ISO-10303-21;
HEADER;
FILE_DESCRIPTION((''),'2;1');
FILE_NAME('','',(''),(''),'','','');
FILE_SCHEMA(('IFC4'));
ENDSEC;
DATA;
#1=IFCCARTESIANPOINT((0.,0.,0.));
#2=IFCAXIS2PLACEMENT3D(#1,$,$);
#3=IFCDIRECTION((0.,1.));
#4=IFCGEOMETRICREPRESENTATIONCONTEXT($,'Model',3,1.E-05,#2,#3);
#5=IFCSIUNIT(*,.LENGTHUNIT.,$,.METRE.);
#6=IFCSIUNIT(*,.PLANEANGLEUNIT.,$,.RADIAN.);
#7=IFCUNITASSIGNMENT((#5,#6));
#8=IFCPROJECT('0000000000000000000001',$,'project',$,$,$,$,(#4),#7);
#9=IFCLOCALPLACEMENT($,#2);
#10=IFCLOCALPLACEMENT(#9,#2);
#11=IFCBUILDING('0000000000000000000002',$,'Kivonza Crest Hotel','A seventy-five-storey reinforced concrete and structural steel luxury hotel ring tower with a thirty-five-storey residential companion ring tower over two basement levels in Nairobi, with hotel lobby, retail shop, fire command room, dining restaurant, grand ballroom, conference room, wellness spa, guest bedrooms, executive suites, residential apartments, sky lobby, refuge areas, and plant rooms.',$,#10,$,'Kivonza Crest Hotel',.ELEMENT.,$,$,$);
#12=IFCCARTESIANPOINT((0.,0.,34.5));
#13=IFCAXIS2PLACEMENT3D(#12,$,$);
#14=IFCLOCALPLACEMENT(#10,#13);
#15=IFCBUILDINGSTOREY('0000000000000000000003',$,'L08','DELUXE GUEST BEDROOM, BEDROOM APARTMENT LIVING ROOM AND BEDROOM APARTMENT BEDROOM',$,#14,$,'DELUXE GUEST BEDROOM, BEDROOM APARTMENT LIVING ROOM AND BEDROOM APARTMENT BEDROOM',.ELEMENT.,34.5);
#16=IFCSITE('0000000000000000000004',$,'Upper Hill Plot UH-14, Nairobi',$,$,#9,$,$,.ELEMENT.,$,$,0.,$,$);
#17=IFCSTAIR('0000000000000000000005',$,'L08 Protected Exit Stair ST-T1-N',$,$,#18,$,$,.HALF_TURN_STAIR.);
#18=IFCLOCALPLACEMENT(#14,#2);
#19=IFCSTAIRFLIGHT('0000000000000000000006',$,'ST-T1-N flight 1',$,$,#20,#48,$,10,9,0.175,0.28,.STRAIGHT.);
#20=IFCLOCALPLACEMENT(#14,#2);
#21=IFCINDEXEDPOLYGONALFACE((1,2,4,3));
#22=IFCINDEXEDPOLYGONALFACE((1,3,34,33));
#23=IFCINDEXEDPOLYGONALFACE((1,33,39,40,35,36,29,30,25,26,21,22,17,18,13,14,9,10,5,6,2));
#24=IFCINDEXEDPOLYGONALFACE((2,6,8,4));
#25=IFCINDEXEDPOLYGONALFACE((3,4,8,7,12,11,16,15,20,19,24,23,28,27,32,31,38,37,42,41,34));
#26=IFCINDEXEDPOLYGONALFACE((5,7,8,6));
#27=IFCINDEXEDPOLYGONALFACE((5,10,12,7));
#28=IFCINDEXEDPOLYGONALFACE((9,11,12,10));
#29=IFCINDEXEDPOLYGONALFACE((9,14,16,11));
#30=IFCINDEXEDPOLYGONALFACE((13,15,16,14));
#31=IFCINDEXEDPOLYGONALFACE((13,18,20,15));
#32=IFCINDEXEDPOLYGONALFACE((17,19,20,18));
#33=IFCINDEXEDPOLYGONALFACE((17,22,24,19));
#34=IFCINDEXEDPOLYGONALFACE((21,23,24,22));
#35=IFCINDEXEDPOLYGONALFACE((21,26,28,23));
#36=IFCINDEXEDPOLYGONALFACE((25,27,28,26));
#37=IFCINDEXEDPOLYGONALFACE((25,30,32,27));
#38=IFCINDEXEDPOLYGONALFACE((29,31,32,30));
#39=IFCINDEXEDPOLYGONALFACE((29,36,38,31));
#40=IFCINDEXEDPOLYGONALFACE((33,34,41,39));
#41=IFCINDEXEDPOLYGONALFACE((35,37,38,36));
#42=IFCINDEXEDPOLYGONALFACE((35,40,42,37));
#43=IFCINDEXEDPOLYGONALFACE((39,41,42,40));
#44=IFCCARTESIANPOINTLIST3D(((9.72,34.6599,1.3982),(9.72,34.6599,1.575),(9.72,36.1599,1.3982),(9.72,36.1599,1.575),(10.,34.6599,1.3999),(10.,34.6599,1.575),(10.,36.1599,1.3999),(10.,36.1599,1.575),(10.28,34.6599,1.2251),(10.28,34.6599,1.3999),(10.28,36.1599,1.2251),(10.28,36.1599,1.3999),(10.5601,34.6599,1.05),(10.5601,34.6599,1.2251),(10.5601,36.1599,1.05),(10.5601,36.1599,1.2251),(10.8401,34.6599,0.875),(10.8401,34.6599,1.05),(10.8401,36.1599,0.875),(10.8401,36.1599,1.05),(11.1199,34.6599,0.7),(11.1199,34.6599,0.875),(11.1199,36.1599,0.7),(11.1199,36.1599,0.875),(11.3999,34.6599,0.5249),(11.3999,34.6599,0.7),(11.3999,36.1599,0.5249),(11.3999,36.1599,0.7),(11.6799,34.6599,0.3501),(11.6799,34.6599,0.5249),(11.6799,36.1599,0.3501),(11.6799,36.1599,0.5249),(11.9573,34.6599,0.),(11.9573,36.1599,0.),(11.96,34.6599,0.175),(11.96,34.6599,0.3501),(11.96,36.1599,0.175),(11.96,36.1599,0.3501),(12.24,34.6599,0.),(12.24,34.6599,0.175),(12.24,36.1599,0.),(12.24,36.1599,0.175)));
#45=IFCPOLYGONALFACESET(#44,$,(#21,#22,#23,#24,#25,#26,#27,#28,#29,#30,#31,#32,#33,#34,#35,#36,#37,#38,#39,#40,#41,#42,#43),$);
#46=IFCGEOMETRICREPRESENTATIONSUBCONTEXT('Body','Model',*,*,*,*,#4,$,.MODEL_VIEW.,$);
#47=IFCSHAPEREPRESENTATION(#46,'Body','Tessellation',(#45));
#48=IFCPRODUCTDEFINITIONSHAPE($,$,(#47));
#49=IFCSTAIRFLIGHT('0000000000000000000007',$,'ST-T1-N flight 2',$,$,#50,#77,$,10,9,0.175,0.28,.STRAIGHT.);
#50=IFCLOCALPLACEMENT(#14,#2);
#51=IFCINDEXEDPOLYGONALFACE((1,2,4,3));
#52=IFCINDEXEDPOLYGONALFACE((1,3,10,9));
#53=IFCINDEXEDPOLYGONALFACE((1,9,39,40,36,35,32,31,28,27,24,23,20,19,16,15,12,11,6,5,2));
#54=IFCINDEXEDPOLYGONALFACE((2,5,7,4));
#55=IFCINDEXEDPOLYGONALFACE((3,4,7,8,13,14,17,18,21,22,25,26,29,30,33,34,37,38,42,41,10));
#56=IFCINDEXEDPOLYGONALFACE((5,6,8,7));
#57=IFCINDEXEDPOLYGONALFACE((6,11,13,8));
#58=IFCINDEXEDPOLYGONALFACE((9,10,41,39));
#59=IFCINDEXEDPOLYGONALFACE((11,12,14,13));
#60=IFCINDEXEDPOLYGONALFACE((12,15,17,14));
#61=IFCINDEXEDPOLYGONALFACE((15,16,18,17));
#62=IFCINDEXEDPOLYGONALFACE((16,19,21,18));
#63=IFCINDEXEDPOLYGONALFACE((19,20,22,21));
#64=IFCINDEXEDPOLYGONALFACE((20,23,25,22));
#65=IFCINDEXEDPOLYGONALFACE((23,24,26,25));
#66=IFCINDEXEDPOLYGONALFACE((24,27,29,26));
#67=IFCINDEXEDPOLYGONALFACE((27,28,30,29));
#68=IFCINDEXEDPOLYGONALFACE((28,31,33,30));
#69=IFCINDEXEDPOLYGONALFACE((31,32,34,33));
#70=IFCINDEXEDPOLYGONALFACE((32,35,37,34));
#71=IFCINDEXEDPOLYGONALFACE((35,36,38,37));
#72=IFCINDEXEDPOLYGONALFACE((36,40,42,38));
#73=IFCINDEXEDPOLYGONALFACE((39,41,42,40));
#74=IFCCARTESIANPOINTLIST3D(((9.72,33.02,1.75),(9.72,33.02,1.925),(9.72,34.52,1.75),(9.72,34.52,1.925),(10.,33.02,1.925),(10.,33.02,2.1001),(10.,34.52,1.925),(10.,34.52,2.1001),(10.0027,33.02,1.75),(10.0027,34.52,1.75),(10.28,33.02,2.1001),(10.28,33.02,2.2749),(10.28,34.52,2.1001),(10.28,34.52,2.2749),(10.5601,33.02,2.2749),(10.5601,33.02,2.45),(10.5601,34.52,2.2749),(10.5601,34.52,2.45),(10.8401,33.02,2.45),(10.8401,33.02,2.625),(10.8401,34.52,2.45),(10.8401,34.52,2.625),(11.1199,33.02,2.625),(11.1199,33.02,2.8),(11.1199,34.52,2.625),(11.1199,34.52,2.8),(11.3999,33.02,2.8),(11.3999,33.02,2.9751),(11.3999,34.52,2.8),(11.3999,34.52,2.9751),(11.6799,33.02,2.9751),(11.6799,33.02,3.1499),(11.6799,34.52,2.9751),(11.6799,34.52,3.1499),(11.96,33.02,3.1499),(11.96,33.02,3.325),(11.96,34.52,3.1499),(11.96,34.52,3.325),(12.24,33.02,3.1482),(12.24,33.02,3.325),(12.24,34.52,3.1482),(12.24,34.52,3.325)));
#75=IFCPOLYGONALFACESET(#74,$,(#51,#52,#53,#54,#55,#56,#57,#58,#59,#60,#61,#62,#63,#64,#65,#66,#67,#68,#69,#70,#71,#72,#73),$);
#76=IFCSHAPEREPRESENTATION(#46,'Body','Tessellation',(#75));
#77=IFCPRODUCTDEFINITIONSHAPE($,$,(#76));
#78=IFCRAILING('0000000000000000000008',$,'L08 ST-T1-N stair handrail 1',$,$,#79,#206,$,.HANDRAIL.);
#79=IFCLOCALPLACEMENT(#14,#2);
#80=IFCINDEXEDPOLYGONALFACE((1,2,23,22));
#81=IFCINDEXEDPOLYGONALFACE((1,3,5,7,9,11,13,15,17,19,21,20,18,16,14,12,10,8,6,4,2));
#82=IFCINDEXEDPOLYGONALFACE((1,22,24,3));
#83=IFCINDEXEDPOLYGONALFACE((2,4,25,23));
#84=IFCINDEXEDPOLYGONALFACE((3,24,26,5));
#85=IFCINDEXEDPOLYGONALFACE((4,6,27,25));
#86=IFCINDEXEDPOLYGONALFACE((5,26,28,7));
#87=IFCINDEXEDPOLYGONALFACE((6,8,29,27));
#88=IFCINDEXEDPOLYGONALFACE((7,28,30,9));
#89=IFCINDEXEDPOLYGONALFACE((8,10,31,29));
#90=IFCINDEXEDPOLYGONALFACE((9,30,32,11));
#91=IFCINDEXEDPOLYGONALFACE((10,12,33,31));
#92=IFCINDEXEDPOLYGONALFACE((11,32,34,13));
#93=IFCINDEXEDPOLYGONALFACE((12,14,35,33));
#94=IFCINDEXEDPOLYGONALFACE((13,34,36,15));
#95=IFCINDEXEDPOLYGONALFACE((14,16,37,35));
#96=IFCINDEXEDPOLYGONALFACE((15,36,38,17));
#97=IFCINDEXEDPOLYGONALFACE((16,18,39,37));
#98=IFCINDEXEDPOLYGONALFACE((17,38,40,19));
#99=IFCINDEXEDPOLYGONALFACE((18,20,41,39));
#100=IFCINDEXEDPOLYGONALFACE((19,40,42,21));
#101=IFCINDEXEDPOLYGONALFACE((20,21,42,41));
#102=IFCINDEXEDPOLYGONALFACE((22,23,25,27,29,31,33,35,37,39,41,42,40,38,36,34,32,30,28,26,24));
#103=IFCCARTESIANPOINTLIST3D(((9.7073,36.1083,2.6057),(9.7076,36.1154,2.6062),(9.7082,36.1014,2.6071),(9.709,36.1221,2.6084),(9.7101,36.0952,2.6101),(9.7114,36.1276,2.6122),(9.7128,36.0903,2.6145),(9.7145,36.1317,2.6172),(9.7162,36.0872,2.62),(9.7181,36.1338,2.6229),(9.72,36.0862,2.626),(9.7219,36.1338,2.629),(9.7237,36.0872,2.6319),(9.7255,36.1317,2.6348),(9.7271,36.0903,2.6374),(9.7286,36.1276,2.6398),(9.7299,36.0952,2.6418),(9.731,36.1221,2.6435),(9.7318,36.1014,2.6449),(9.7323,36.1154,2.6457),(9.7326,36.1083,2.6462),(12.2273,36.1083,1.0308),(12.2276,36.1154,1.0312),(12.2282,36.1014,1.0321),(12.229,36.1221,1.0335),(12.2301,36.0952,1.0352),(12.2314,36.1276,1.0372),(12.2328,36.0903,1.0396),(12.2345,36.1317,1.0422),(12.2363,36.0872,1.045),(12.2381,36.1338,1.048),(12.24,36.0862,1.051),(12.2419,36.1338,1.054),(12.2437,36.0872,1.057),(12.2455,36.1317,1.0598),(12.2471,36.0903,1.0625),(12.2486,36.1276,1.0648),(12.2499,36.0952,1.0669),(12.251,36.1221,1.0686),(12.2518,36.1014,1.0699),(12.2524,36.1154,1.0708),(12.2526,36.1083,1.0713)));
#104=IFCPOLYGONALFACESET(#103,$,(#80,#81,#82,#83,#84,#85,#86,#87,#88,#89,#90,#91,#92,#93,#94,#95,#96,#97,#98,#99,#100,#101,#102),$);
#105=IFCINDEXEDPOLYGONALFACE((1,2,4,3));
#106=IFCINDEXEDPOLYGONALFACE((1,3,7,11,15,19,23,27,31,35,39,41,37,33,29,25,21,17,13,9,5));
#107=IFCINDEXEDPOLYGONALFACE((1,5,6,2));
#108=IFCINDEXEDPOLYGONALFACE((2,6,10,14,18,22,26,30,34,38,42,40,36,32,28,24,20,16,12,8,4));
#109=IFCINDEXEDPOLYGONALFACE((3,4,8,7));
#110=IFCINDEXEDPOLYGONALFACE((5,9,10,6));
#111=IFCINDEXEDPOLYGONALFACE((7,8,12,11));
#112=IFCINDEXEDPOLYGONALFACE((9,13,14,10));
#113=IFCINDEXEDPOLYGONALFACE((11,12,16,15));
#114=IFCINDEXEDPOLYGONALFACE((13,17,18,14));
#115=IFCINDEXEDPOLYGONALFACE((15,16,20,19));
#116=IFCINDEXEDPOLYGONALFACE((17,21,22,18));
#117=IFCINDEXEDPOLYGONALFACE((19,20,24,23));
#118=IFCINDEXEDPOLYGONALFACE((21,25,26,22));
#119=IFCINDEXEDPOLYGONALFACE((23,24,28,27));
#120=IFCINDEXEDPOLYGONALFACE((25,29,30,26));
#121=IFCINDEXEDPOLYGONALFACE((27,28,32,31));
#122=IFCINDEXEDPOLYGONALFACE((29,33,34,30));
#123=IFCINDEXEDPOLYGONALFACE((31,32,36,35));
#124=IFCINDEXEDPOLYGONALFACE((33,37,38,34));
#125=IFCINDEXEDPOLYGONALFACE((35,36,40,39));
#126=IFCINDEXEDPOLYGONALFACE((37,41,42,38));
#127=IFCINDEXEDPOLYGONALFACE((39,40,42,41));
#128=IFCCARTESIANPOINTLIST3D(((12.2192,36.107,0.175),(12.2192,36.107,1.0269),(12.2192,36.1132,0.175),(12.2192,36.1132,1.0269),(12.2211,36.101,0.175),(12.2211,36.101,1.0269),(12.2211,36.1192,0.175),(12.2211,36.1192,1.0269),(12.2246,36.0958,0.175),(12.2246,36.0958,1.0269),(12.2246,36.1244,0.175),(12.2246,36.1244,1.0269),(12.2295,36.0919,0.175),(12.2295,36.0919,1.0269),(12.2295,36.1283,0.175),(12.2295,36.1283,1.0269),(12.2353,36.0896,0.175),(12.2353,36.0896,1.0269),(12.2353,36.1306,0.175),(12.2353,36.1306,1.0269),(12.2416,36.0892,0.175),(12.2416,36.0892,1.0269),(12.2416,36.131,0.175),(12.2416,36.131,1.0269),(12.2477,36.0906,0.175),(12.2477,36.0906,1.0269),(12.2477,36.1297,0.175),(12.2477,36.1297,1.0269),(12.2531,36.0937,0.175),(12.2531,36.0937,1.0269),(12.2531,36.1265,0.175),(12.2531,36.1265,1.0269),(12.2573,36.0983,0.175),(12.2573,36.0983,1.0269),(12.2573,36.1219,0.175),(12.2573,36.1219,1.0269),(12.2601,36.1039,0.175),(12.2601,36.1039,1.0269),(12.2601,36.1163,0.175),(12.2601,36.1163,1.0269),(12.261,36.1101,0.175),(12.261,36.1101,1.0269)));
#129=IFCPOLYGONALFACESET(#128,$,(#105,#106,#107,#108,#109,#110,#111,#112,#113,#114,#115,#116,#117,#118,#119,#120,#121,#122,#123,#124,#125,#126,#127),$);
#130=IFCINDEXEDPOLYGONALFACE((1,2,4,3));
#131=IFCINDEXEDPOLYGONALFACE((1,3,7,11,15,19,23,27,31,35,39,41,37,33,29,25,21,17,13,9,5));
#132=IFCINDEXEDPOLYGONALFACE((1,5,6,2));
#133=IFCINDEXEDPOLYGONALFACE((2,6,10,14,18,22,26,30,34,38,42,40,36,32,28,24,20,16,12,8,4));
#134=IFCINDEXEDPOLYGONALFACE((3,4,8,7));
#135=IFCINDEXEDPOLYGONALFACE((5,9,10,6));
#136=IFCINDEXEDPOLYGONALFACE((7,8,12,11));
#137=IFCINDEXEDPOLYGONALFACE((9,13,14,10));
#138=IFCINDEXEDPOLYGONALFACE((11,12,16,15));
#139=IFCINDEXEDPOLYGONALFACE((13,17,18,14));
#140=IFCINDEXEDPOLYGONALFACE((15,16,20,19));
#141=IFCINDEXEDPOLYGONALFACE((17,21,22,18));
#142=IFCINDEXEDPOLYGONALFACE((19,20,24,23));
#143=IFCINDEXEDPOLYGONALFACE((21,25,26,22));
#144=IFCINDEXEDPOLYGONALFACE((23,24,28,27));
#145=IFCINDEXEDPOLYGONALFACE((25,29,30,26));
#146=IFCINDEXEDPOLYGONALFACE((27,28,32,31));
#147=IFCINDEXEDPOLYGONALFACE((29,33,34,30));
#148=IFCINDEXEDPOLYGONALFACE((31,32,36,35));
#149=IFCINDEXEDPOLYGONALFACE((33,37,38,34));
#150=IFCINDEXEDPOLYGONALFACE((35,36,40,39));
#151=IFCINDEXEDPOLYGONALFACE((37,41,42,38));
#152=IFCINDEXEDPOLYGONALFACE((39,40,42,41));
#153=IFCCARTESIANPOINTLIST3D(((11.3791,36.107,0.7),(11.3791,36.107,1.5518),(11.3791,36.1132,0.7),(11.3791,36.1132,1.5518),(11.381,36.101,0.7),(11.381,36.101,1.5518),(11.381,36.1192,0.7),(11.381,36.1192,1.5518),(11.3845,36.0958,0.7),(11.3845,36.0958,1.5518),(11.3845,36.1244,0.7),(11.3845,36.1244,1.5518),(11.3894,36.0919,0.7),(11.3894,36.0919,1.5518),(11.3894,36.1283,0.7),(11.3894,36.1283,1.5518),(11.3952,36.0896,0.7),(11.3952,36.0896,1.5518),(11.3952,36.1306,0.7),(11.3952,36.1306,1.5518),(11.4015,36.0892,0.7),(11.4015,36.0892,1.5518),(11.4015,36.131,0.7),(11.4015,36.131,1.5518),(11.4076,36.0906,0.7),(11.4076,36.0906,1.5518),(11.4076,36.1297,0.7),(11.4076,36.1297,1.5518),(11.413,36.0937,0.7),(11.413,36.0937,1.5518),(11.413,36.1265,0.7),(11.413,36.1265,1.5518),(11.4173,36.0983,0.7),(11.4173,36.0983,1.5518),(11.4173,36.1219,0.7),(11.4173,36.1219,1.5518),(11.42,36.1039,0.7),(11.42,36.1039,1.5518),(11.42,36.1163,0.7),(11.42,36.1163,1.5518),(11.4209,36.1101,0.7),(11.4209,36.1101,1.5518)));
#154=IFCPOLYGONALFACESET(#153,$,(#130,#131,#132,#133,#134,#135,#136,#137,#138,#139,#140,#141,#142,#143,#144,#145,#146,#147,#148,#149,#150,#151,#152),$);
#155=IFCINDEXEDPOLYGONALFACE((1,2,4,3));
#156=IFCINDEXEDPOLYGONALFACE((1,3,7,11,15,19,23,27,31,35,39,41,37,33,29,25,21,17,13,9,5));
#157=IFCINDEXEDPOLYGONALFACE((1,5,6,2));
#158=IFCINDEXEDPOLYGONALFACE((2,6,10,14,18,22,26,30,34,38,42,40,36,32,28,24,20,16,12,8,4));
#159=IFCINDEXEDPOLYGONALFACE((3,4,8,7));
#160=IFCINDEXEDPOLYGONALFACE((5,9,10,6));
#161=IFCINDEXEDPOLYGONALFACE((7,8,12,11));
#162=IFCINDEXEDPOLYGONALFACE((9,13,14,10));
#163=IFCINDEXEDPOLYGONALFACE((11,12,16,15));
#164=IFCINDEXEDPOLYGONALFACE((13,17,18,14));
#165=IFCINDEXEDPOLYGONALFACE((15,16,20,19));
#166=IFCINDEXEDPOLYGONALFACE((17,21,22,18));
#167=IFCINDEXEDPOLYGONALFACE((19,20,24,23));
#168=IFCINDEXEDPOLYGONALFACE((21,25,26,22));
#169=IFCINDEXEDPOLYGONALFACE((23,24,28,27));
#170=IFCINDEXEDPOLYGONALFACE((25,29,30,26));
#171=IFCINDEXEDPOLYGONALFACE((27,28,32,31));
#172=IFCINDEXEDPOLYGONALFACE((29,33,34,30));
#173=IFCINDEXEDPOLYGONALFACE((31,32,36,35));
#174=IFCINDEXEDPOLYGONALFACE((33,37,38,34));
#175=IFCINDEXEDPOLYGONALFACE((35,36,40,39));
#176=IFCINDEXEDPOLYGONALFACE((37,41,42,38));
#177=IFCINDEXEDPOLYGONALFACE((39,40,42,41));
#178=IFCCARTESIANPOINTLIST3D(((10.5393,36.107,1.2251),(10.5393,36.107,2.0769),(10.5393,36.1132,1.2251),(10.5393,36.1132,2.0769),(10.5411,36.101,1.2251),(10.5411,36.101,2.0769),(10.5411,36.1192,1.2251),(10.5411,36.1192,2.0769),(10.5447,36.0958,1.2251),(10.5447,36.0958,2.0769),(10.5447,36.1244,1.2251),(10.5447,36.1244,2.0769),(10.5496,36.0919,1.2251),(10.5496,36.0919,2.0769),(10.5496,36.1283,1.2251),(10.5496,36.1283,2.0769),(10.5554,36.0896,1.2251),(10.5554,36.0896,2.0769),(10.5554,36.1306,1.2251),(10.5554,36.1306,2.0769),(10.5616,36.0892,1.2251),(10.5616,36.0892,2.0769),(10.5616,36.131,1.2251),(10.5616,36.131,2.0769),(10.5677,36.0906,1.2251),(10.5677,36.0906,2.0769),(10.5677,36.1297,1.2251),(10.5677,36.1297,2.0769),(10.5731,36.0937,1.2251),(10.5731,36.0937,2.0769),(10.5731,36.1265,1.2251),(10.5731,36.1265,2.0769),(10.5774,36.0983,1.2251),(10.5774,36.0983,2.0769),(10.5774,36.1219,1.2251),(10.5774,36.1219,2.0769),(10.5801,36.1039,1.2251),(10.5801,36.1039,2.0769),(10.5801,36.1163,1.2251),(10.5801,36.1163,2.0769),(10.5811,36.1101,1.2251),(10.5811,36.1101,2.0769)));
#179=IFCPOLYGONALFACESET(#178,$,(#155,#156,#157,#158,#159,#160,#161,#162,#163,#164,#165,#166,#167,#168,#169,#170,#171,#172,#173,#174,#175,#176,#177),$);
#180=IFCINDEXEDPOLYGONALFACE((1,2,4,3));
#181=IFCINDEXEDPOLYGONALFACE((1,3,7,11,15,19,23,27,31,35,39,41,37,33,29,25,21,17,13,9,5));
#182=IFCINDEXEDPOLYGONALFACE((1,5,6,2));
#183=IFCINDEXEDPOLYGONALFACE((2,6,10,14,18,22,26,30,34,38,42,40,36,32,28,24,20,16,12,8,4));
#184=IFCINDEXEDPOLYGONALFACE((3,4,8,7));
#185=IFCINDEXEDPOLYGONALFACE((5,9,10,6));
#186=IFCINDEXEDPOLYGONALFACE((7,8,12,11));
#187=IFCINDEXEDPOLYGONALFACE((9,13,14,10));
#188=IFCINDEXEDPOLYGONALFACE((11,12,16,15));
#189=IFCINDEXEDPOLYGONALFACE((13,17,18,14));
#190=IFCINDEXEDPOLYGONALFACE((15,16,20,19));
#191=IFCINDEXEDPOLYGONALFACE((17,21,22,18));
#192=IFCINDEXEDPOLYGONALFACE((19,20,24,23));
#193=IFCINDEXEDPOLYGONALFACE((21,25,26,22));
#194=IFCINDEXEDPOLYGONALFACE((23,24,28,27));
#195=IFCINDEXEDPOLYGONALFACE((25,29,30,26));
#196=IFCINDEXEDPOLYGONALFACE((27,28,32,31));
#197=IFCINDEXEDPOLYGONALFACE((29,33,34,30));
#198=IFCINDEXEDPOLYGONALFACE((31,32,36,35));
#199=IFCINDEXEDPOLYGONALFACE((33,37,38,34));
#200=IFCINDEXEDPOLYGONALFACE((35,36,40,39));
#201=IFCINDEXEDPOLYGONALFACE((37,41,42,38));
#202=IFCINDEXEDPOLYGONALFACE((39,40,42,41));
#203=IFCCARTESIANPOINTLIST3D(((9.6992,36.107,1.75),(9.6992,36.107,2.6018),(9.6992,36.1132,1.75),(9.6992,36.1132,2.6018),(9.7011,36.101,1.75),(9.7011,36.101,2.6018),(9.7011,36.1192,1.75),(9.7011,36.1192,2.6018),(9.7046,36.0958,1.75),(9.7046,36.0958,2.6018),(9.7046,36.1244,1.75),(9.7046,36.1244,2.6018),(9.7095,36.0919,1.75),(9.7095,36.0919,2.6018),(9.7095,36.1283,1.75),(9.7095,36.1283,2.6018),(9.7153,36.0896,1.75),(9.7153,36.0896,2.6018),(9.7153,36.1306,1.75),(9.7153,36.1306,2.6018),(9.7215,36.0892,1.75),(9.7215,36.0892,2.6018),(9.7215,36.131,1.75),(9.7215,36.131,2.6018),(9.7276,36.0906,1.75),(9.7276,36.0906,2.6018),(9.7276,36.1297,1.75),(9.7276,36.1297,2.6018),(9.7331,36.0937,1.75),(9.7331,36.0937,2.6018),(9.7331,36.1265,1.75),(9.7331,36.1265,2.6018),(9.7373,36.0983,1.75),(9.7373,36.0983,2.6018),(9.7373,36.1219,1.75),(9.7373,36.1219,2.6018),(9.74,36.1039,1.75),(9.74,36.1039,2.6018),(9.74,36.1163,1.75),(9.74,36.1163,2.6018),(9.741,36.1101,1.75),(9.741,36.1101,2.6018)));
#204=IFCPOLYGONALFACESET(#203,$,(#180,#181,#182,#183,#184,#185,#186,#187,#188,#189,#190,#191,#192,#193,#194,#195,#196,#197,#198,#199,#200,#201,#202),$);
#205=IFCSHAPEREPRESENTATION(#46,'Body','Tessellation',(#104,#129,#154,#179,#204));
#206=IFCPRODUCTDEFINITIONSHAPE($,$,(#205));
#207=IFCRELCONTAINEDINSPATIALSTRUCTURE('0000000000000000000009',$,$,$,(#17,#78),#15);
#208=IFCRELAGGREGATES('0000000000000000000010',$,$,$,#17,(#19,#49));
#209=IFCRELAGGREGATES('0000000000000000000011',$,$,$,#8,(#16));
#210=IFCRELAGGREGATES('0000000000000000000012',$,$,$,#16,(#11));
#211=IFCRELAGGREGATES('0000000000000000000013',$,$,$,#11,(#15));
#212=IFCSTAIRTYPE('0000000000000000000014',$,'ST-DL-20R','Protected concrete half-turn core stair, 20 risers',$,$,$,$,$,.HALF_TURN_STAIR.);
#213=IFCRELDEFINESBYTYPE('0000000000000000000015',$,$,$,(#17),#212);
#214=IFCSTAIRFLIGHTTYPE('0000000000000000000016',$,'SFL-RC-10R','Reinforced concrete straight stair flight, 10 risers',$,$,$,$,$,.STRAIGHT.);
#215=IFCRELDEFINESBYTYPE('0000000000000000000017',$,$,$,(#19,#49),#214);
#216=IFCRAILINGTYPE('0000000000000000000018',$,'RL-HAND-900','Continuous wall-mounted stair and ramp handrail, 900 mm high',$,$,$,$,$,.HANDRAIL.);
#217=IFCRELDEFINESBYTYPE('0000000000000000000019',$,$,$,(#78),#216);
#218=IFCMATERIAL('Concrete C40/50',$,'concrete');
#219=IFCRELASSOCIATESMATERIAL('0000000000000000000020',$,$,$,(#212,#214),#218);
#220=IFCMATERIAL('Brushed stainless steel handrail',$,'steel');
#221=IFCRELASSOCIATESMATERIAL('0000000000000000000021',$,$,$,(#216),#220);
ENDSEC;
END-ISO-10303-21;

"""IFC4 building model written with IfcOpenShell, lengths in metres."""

from ifc_helpers import new_model, si_unit, direction, frame, origin, origin_2d, place, context, subcontext, project, spatial, polyline, circle, outline, extrude, material, type_object, element, aggregate, save


model = new_model("IFC4")

# Units and contexts
model_context = context("Model", 3, precision=1e-05, world=origin(), true_north=direction((0.0, 1.0)))
body_context = subcontext(model_context, "Body", "Model", "MODEL_VIEW")
ifc_project = project(units=[si_unit("LENGTHUNIT", "METRE"), si_unit("PLANEANGLEUNIT", "RADIAN")], contexts=[model_context])

# Site, building, storey
site_placement = place(None, origin())
site = spatial("IfcSite", under=ifc_project, at=site_placement, Name="Upper Hill Plot UH-14, Nairobi", CompositionType="ELEMENT", RefElevation=0.0)
building_placement = place(site_placement, origin())
building = spatial("IfcBuilding", under=site, at=building_placement, Name="Kivonza Crest Hotel", Description="A seventy-five-storey reinforced concrete and structural steel luxury hotel ring tower with a thirty-five-storey residential companion ring tower over two basement levels in Nairobi, with hotel lobby, retail shop, fire command room, dining restaurant, grand ballroom, conference room, wellness spa, guest bedrooms, executive suites, residential apartments, sky lobby, refuge areas, and plant rooms.", LongName="Kivonza Crest Hotel", CompositionType="ELEMENT")
storey_placement = place(building_placement, frame((0.0, 0.0, 34.5)))
storey = spatial("IfcBuildingStorey", under=building, at=storey_placement, Name="L08", Description="DELUXE GUEST BEDROOM, BEDROOM APARTMENT LIVING ROOM AND BEDROOM APARTMENT BEDROOM", LongName="DELUXE GUEST BEDROOM, BEDROOM APARTMENT LIVING ROOM AND BEDROOM APARTMENT BEDROOM", CompositionType="ELEMENT", Elevation=34.5)

# Stair, stair flights
ifc_material_1 = material(Name="Concrete C40/50", Category="concrete")
stair_type = type_object("IfcStairType", Name="ST-DL-20R", Description="Protected concrete half-turn core stair, 20 risers", PredefinedType="HALF_TURN_STAIR", material=ifc_material_1)
stair_placement = place(storey_placement, origin())
stair = element("IfcStair", 1, at=stair_placement, inside=storey, type_object=stair_type, Name="L08 Protected Exit Stair ST-T1-N", PredefinedType="HALF_TURN_STAIR")
stair_flight_type = type_object("IfcStairFlightType", Name="SFL-RC-10R", Description="Reinforced concrete straight stair flight, 10 risers", PredefinedType="STRAIGHT", material=ifc_material_1)
stair_flight_1_placement = place(storey_placement, frame((12.24, 35.4099, 0.0), z_axis=(0.0, 0.0, 1.0), x_axis=(-1.0, 0.0, 0.0)))
stair_flight_1 = element("IfcStairFlight", 2, at=stair_flight_1_placement, type_object=stair_flight_type, Name="ST-T1-N flight 1", NumberOfRisers=10, NumberOfTreads=9, PredefinedType="STRAIGHT", RiserHeight=0.175, TreadLength=0.28, context=body_context, shape_type="SweptSolid", body=[
    extrude(outline(polyline([(0.0, 0.0), (0.0, 0.175), (0.28, 0.175), (0.28, 0.3501), (0.5601, 0.3501), (0.5601, 0.5249), (0.8401, 0.5249), (0.8401, 0.7), (1.1201, 0.7), (1.1201, 0.875), (1.3999, 0.875), (1.3999, 1.05), (1.6799, 1.05), (1.6799, 1.2251), (1.96, 1.2251), (1.96, 1.3999), (2.24, 1.3999), (2.24, 1.575), (2.52, 1.575), (2.52, 1.75), (2.52, 1.3982), (0.2827, 0.0), (0.0, 0.0)])), frame((0.0, 0.75, 0.0), z_axis=(0.0, -1.0, 0.0), x_axis=(1.0, 0.0, 0.0)), (0.0, 0.0, 1.0), 1.5),
])
stair_flight_2_placement = place(storey_placement, frame((9.72, 33.77, 1.75), z_axis=(0.0, 0.0, 1.0), x_axis=(1.0, 0.0, 0.0)))
stair_flight_2 = element("IfcStairFlight", 3, at=stair_flight_2_placement, type_object=stair_flight_type, Name="ST-T1-N flight 2", NumberOfRisers=10, NumberOfTreads=9, PredefinedType="STRAIGHT", RiserHeight=0.175, TreadLength=0.28, context=body_context, shape_type="SweptSolid", body=[
    extrude(outline(polyline([(0.0, 0.0), (0.0, 0.175), (0.28, 0.175), (0.28, 0.3501), (0.5601, 0.3501), (0.5601, 0.5249), (0.8401, 0.5249), (0.8401, 0.7), (1.1201, 0.7), (1.1201, 0.875), (1.3999, 0.875), (1.3999, 1.05), (1.6799, 1.05), (1.6799, 1.2251), (1.96, 1.2251), (1.96, 1.3999), (2.24, 1.3999), (2.24, 1.575), (2.52, 1.575), (2.52, 1.75), (2.52, 1.3982), (0.2827, 0.0), (0.0, 0.0)])), frame((0.0, 0.75, 0.0), z_axis=(0.0, -1.0, 0.0), x_axis=(1.0, 0.0, 0.0)), (0.0, 0.0, 1.0), 1.5),
])
aggregate(stair, [stair_flight_1, stair_flight_2])

# Railing
ifc_material_2 = material(Name="Brushed stainless steel handrail", Category="steel")
railing_type_1 = type_object("IfcRailingType", Name="RL-HAND-900", Description="Continuous wall-mounted stair and ramp handrail, 900 mm high", PredefinedType="HANDRAIL", material=ifc_material_2)
railing_1_placement = place(storey_placement, frame((12.24, 36.1101, 0.175)))
element("IfcRailing", 4, at=railing_1_placement, inside=storey, type_object=railing_type_1, Name="L08 ST-T1-N stair handrail 1", PredefinedType="HANDRAIL", context=body_context, shape_type="SweptSolid", body=[
    extrude(circle(Radius=0.0239, at=origin_2d()), frame((0.0, 0.0, 0.876), z_axis=(-0.848008, 0.0, 0.529984), x_axis=(0.0, -1.0, 0.0)), (0.0, 0.0, 1.0), 2.9717),
    extrude(circle(Radius=0.021, at=origin_2d()), origin(), (0.0, 0.0, 1.0), 0.8518),
    extrude(circle(Radius=0.021, at=origin_2d()), frame((-0.8401, 0.0, 0.5249)), (0.0, 0.0, 1.0), 0.8518),
    extrude(circle(Radius=0.021, at=origin_2d()), frame((-1.6799, 0.0, 1.05)), (0.0, 0.0, 1.0), 0.8518),
    extrude(circle(Radius=0.021, at=origin_2d()), frame((-2.52, 0.0, 1.575)), (0.0, 0.0, 1.0), 0.8518),
])

save(model, "model.ifc")
